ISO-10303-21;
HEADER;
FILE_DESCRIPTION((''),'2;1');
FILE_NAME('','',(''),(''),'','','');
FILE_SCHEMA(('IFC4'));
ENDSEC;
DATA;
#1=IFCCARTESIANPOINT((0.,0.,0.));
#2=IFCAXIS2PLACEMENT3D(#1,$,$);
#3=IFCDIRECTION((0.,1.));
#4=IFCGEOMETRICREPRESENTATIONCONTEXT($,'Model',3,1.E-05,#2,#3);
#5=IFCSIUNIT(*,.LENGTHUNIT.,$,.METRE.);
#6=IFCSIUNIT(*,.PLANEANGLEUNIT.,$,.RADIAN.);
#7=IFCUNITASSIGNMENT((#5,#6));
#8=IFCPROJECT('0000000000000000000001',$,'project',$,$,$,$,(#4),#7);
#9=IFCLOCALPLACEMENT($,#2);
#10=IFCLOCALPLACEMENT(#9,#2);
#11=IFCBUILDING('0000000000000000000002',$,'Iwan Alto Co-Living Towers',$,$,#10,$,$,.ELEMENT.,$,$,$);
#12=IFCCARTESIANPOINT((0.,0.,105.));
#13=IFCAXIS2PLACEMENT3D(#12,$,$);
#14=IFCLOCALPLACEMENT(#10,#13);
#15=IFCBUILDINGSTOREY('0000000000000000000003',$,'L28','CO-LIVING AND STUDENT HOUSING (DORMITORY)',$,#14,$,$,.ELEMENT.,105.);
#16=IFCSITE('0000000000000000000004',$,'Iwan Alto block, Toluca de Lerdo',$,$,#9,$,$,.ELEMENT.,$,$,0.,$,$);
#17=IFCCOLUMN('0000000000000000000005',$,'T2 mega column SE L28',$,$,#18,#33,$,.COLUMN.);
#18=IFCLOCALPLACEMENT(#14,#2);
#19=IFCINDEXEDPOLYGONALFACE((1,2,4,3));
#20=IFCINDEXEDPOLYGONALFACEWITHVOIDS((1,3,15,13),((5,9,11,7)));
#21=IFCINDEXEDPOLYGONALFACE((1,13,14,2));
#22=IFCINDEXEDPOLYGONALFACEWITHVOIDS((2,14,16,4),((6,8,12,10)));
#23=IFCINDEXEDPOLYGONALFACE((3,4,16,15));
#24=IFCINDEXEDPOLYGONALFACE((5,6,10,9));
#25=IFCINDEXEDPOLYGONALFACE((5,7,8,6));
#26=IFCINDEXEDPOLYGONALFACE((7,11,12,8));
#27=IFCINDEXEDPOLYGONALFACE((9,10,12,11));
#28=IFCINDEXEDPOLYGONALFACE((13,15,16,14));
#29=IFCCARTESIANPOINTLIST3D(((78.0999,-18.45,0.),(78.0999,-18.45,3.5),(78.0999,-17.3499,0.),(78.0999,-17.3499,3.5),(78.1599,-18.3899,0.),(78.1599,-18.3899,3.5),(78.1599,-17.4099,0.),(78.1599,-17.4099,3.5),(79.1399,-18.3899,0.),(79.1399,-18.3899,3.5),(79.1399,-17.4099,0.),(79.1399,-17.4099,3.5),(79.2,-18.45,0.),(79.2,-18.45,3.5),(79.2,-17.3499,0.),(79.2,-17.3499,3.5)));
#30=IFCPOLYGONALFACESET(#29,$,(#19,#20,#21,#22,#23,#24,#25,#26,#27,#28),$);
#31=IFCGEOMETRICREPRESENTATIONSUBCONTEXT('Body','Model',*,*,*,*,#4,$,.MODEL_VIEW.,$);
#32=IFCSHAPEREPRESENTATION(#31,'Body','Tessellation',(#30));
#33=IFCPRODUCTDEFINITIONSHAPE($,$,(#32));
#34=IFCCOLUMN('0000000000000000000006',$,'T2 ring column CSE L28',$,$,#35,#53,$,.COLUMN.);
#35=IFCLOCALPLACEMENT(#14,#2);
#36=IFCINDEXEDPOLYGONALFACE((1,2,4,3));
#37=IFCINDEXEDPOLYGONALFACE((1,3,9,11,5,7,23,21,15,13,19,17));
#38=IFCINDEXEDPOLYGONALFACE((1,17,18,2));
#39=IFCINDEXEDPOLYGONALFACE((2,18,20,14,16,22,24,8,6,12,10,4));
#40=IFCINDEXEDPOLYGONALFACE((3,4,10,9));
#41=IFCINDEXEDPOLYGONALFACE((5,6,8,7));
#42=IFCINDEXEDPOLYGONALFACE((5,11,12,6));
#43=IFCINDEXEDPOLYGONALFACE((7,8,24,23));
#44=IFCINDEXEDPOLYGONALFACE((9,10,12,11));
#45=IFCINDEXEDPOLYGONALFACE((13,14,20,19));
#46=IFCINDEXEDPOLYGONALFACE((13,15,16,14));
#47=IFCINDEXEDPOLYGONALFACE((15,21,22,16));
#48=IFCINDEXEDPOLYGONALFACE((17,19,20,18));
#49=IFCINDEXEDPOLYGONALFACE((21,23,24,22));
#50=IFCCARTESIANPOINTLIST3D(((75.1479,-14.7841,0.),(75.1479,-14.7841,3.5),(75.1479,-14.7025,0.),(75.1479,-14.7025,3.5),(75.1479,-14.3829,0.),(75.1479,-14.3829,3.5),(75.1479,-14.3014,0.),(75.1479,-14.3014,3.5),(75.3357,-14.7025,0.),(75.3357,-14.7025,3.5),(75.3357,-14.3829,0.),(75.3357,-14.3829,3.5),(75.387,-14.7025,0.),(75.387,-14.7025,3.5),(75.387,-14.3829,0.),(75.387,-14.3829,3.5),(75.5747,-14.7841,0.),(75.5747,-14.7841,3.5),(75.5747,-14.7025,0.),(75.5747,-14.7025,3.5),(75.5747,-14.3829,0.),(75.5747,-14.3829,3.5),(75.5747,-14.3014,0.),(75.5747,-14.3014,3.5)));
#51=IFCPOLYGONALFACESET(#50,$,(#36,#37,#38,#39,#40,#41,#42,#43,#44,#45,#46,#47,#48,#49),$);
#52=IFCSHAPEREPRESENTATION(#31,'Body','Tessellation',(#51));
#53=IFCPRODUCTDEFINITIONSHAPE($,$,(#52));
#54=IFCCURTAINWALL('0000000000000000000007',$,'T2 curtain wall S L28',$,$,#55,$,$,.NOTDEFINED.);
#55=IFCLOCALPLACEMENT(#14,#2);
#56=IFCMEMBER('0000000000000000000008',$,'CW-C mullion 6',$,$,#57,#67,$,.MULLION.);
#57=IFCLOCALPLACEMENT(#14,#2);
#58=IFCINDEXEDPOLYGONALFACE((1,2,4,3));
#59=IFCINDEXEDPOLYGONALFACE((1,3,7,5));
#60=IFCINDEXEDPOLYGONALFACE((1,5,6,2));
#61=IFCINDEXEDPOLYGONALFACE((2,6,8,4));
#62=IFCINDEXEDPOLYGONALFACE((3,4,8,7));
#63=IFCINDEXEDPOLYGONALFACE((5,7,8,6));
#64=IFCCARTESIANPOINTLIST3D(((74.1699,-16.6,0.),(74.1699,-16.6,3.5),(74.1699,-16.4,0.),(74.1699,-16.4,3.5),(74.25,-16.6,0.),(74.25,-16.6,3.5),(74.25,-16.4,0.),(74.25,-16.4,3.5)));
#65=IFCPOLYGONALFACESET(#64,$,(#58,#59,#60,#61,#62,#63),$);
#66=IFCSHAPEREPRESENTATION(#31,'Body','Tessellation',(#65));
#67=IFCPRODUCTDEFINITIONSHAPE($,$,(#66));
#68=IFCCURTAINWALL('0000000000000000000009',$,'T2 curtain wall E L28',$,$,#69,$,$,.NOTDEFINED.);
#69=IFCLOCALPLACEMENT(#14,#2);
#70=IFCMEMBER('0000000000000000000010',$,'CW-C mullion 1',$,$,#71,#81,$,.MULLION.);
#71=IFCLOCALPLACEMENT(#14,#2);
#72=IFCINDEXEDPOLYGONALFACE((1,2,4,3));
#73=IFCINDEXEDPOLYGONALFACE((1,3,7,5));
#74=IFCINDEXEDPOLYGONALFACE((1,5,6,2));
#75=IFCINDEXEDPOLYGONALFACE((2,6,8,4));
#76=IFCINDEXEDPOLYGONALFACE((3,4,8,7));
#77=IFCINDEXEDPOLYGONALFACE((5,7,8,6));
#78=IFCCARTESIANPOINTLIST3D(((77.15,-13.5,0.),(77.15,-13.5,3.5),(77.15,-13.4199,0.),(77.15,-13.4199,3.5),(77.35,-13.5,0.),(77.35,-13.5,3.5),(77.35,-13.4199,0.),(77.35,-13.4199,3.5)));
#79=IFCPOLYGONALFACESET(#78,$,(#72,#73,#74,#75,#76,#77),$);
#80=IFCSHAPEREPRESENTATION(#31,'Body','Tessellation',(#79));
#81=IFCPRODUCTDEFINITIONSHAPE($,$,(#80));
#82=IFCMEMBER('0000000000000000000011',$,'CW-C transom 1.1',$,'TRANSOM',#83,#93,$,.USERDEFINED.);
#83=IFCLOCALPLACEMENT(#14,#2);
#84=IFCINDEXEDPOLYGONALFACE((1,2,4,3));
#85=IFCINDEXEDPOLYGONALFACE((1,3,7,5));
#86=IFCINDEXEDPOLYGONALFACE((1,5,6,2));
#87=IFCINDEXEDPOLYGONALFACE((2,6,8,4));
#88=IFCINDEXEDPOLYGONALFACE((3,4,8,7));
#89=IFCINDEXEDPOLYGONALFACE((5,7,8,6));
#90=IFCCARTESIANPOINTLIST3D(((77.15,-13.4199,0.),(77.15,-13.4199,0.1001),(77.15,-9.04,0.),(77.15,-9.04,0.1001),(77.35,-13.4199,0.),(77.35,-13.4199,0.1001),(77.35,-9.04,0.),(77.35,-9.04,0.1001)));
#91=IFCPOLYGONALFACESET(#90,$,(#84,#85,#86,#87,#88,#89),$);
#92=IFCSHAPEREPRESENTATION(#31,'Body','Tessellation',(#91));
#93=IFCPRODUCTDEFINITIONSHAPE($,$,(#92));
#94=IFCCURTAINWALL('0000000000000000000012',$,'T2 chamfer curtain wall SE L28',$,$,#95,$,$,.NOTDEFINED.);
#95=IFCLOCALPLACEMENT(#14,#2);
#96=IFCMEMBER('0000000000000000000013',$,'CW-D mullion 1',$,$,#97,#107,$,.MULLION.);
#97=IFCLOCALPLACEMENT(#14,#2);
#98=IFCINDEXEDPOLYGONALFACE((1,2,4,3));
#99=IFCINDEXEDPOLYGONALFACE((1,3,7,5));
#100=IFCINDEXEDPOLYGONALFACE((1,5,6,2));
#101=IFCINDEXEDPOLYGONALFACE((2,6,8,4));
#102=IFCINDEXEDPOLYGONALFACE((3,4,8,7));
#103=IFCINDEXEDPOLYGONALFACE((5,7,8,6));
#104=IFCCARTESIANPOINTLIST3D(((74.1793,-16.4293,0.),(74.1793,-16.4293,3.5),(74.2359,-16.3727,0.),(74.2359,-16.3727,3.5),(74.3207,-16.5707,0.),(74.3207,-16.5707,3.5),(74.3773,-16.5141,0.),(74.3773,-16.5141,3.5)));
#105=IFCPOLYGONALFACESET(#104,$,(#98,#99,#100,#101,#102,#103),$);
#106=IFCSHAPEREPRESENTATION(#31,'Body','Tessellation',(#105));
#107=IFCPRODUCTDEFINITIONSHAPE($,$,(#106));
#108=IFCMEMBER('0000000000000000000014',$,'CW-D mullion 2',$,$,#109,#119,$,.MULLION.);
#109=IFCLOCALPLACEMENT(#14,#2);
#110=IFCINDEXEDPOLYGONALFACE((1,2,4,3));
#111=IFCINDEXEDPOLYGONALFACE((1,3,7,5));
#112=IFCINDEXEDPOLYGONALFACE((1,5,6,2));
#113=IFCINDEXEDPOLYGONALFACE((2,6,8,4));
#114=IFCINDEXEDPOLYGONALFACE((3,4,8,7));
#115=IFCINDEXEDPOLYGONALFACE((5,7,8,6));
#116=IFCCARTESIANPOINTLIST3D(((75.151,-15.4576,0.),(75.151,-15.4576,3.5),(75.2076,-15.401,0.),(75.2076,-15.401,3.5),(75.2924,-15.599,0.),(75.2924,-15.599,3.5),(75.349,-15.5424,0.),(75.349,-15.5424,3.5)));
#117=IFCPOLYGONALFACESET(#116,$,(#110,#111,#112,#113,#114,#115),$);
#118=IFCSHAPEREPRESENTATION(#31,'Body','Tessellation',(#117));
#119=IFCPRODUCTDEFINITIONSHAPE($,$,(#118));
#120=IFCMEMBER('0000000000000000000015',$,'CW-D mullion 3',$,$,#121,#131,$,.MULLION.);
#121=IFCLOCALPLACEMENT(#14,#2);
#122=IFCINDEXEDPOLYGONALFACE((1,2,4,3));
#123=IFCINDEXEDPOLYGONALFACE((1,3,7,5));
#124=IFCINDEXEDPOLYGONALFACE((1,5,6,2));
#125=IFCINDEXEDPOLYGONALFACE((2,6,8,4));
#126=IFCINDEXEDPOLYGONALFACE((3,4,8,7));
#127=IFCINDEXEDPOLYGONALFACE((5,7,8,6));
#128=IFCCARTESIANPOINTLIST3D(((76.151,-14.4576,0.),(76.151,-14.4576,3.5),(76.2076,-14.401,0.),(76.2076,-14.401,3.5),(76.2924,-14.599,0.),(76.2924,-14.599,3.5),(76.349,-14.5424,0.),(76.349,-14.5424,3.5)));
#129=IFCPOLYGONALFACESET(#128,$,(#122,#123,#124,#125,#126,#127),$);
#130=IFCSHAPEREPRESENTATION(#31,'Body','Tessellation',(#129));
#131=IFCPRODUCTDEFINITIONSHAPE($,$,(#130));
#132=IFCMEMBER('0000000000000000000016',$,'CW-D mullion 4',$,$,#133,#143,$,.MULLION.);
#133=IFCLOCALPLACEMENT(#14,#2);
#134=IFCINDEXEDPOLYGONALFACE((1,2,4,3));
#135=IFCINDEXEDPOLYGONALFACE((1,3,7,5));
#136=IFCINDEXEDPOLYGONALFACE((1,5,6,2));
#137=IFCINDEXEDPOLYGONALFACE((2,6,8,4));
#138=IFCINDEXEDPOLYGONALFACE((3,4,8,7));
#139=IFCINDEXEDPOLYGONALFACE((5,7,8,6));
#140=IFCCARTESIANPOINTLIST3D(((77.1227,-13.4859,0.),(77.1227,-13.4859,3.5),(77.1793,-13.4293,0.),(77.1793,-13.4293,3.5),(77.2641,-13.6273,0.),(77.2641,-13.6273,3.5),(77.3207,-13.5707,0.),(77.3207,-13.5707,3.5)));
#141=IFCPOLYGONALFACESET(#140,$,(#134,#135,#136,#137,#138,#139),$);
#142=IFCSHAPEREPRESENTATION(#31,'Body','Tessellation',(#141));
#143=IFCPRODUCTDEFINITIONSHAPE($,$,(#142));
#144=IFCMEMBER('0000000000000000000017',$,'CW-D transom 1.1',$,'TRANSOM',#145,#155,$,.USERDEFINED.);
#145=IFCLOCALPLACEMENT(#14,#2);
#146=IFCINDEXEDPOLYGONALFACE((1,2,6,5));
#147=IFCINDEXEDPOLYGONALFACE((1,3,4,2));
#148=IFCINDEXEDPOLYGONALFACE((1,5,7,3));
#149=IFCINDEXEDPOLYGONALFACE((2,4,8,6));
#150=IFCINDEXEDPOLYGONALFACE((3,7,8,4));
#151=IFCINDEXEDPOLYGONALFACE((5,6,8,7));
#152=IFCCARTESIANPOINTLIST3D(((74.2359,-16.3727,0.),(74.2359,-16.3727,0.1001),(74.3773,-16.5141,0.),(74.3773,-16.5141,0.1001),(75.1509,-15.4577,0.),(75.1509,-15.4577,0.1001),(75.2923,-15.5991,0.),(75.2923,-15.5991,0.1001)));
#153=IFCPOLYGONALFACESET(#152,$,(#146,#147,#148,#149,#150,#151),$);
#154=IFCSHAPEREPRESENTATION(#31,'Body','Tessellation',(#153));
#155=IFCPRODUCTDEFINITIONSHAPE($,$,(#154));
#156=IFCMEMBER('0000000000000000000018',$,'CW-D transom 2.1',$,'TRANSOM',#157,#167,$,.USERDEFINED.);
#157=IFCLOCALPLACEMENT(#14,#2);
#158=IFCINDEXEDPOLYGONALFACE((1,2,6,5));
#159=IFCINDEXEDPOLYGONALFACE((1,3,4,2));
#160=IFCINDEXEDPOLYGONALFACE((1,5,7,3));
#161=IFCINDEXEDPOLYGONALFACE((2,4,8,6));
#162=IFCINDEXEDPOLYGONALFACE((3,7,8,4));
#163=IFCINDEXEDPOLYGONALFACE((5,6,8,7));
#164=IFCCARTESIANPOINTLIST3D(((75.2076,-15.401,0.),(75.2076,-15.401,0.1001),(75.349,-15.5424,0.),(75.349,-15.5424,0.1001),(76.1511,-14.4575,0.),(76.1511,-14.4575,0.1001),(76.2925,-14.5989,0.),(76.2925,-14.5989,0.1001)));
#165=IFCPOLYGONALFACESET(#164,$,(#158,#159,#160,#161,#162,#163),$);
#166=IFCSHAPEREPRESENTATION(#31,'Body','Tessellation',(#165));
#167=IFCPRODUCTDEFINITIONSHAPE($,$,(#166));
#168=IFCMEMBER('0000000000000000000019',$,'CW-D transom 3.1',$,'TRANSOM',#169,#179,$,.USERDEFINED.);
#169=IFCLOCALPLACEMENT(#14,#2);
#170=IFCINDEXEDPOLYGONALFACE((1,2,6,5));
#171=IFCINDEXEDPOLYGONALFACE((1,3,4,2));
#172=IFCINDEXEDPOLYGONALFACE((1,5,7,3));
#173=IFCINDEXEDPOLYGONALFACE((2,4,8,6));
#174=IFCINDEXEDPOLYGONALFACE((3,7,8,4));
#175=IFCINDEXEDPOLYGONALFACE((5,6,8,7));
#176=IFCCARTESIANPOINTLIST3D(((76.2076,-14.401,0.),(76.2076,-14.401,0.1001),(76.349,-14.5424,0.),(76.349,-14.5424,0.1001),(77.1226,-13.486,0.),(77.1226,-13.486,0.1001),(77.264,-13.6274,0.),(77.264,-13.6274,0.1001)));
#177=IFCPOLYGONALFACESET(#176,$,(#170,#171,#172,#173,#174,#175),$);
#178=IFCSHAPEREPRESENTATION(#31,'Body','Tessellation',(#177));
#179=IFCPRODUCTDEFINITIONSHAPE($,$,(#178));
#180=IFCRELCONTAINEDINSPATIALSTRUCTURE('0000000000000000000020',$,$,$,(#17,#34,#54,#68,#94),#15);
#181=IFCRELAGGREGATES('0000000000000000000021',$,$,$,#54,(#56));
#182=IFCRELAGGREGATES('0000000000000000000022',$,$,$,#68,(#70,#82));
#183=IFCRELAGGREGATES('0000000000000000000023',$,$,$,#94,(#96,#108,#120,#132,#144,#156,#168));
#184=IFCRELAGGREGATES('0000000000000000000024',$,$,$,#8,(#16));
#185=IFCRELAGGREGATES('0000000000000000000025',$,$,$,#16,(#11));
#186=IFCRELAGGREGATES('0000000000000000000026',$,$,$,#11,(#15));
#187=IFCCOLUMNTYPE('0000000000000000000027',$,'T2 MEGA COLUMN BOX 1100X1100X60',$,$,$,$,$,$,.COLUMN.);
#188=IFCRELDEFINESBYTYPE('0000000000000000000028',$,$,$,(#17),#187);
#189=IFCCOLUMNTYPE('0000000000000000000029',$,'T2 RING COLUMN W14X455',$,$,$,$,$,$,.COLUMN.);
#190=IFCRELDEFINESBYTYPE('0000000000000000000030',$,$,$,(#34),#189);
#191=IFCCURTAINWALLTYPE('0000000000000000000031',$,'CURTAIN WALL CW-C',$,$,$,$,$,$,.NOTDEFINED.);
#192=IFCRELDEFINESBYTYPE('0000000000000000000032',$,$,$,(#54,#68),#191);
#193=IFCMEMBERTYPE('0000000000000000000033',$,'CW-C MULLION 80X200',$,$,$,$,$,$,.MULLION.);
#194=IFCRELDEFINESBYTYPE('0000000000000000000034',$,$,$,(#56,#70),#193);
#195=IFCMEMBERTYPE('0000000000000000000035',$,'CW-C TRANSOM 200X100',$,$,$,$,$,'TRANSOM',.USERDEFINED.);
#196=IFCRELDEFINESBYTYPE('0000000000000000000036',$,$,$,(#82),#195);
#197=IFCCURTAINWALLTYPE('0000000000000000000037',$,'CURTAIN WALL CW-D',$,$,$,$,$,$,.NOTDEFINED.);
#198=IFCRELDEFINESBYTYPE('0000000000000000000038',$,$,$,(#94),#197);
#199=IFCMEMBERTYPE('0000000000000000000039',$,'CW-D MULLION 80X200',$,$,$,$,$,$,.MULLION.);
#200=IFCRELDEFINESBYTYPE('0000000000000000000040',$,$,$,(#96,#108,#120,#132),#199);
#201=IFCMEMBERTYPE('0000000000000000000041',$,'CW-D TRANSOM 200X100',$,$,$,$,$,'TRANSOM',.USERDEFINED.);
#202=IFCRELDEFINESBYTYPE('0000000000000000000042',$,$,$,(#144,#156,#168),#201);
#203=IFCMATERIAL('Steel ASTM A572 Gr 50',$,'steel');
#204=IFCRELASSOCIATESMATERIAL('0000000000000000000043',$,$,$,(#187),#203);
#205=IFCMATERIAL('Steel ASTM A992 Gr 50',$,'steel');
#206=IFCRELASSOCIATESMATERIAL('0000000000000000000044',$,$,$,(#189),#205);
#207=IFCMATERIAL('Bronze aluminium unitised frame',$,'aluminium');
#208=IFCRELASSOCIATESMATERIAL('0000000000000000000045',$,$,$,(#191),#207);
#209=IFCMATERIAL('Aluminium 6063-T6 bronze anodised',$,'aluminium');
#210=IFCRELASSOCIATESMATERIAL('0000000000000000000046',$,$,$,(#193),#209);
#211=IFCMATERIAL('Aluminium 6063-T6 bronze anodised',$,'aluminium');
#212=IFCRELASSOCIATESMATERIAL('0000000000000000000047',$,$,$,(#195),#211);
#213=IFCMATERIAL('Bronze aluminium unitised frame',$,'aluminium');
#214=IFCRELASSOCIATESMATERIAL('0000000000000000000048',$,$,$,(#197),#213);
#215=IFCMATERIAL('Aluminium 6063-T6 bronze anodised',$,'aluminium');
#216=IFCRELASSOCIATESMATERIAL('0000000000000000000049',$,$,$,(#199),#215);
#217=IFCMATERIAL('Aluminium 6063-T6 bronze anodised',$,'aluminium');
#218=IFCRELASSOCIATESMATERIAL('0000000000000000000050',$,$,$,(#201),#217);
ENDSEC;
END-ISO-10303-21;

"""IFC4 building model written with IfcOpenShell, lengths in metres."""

from ifc_helpers import new_model, si_unit, direction, frame, origin, origin_2d, place, context, subcontext, project, spatial, rectangle, hollow_rectangle, i_section, extrude, material, material_profile, profile_set, type_object, element, aggregate, save


model = new_model("IFC4")

# Units and contexts
model_context = context("Model", 3, precision=1e-05, world=origin(), true_north=direction((0.0, 1.0)))
body_context = subcontext(model_context, "Body", "Model", "MODEL_VIEW")
ifc_project = project(units=[si_unit("LENGTHUNIT", "METRE"), si_unit("PLANEANGLEUNIT", "RADIAN")], contexts=[model_context])

# Site, building, storey
site_placement = place(None, origin())
site = spatial("IfcSite", under=ifc_project, at=site_placement, Name="Iwan Alto block, Toluca de Lerdo", CompositionType="ELEMENT", RefElevation=0.0)
building_placement = place(site_placement, origin())
building = spatial("IfcBuilding", under=site, at=building_placement, Name="Iwan Alto Co-Living Towers", CompositionType="ELEMENT")
storey_placement = place(building_placement, frame((0.0, 0.0, 105.0)))
storey = spatial("IfcBuildingStorey", under=building, at=storey_placement, Name="L28", Description="CO-LIVING AND STUDENT HOUSING (DORMITORY)", CompositionType="ELEMENT", Elevation=105.0)

# Columns
ifc_material_1 = material(Name="Steel ASTM A572 Gr 50", Category="steel")
ifc_material_profile_1 = material_profile(ifc_material_1, hollow_rectangle(XDim=1.1001, YDim=1.1001, WallThickness=0.0601, at=origin_2d()), Name="BOX 1100X1100X60")
ifc_profile_set_1 = profile_set([ifc_material_profile_1], Name="Steel ASTM A572 Gr 50")
column_type_1 = type_object("IfcColumnType", Name="T2 MEGA COLUMN BOX 1100X1100X60", PredefinedType="COLUMN", material=ifc_profile_set_1)
column_1_placement = place(storey_placement, frame((78.6499, -17.8999, 0.0), z_axis=(0.0, 0.0, 1.0), x_axis=(1.0, 0.0, 0.0)))
element("IfcColumn", 1, at=column_1_placement, inside=storey, type_object=column_type_1, Name="T2 mega column SE L28", PredefinedType="COLUMN", context=body_context, shape_type="SweptSolid", body=[
    extrude(hollow_rectangle(XDim=1.1001, YDim=1.1001, WallThickness=0.0601, at=origin_2d()), origin(), (0.0, 0.0, 1.0), 3.5),
])
ifc_material_2 = material(Name="Steel ASTM A992 Gr 50", Category="steel")
ifc_material_profile_2 = material_profile(ifc_material_2, i_section(OverallWidth=0.4268, OverallDepth=0.4827, WebThickness=0.0513, FlangeThickness=0.0815, at=origin_2d()), Name="W14X455")
ifc_profile_set_2 = profile_set([ifc_material_profile_2], Name="Steel ASTM A992 Gr 50")
column_type_2 = type_object("IfcColumnType", Name="T2 RING COLUMN W14X455", PredefinedType="COLUMN", material=ifc_profile_set_2)
column_2_placement = place(storey_placement, frame((75.3613, -14.5427, 0.0), z_axis=(0.0, 0.0, 1.0), x_axis=(1.0, 0.0, 0.0)))
element("IfcColumn", 2, at=column_2_placement, inside=storey, type_object=column_type_2, Name="T2 ring column CSE L28", PredefinedType="COLUMN", context=body_context, shape_type="SweptSolid", body=[
    extrude(i_section(OverallWidth=0.4268, OverallDepth=0.4827, WebThickness=0.0513, FlangeThickness=0.0815, at=origin_2d()), origin(), (0.0, 0.0, 1.0), 3.5),
])

# Curtain wall, member
ifc_material_3 = material(Name="Bronze aluminium unitised frame", Category="aluminium")
curtain_wall_type_1 = type_object("IfcCurtainWallType", Name="CURTAIN WALL CW-C", PredefinedType="NOTDEFINED", material=ifc_material_3)
curtain_wall_1_placement = place(storey_placement, origin())
curtain_wall_1 = element("IfcCurtainWall", 3, at=curtain_wall_1_placement, inside=storey, type_object=curtain_wall_type_1, Name="T2 curtain wall S L28", PredefinedType="NOTDEFINED")
ifc_material_4 = material(Name="Aluminium 6063-T6 bronze anodised", Category="aluminium")
ifc_material_profile_3 = material_profile(ifc_material_4, rectangle(XDim=0.2, YDim=0.0801, at=origin_2d()), Name="AL 80X200")
ifc_profile_set_3 = profile_set([ifc_material_profile_3], Name="Aluminium 6063-T6 bronze anodised")
member_type_1 = type_object("IfcMemberType", Name="CW-C MULLION 80X200", PredefinedType="MULLION", material=ifc_profile_set_3)
member_1_placement = place(storey_placement, frame((74.21, -16.5, 0.0), z_axis=(0.0, 0.0, 1.0), x_axis=(0.0, 1.0, 0.0)))
member_1 = element("IfcMember", 4, at=member_1_placement, type_object=member_type_1, Name="CW-C mullion 6", PredefinedType="MULLION", context=body_context, shape_type="SweptSolid", body=[
    extrude(rectangle(XDim=0.2, YDim=0.0801, at=origin_2d()), origin(), (0.0, 0.0, 1.0), 3.5),
])
aggregate(curtain_wall_1, [member_1])

# Curtain walls, members
curtain_wall_2_placement = place(storey_placement, origin())
curtain_wall_2 = element("IfcCurtainWall", 5, at=curtain_wall_2_placement, inside=storey, type_object=curtain_wall_type_1, Name="T2 curtain wall E L28", PredefinedType="NOTDEFINED")
member_2_placement = place(storey_placement, frame((77.25, -13.46, 0.0), z_axis=(0.0, 0.0, 1.0), x_axis=(-1.0, 0.0, 0.0)))
member_2 = element("IfcMember", 6, at=member_2_placement, type_object=member_type_1, Name="CW-C mullion 1", PredefinedType="MULLION", context=body_context, shape_type="SweptSolid", body=[
    extrude(rectangle(XDim=0.2, YDim=0.0801, at=origin_2d()), origin(), (0.0, 0.0, 1.0), 3.5),
])
ifc_material_5 = material(Name="Aluminium 6063-T6 bronze anodised", Category="aluminium")
ifc_material_profile_4 = material_profile(ifc_material_5, rectangle(XDim=0.2, YDim=0.1001, at=origin_2d()), Name="AL 200X100")
ifc_profile_set_4 = profile_set([ifc_material_profile_4], Name="Aluminium 6063-T6 bronze anodised")
member_type_2 = type_object("IfcMemberType", Name="CW-C TRANSOM 200X100", ElementType="TRANSOM", PredefinedType="USERDEFINED", material=ifc_profile_set_4)
member_3_placement = place(storey_placement, frame((77.25, -13.4199, 0.05), z_axis=(0.0, 1.0, 0.0), x_axis=(-1.0, 0.0, 0.0)))
member_3 = element("IfcMember", 7, at=member_3_placement, type_object=member_type_2, Name="CW-C transom 1.1", ObjectType="TRANSOM", PredefinedType="USERDEFINED", context=body_context, shape_type="SweptSolid", body=[
    extrude(rectangle(XDim=0.2, YDim=0.1001, at=origin_2d()), origin(), (0.0, 0.0, 1.0), 4.3799),
])
aggregate(curtain_wall_2, [member_2, member_3])
ifc_material_6 = material(Name="Bronze aluminium unitised frame", Category="aluminium")
curtain_wall_type_2 = type_object("IfcCurtainWallType", Name="CURTAIN WALL CW-D", PredefinedType="NOTDEFINED", material=ifc_material_6)
curtain_wall_3_placement = place(storey_placement, origin())
curtain_wall_3 = element("IfcCurtainWall", 8, at=curtain_wall_3_placement, inside=storey, type_object=curtain_wall_type_2, Name="T2 chamfer curtain wall SE L28", PredefinedType="NOTDEFINED")
ifc_material_7 = material(Name="Aluminium 6063-T6 bronze anodised", Category="aluminium")
ifc_material_profile_5 = material_profile(ifc_material_7, rectangle(XDim=0.2, YDim=0.0801, at=origin_2d()), Name="AL 80X200")
ifc_profile_set_5 = profile_set([ifc_material_profile_5], Name="Aluminium 6063-T6 bronze anodised")
member_type_3 = type_object("IfcMemberType", Name="CW-D MULLION 80X200", PredefinedType="MULLION", material=ifc_profile_set_5)
member_4_placement = place(storey_placement, frame((74.2783, -16.4717, 0.0), z_axis=(0.0, 0.0, 1.0), x_axis=(-0.707107, 0.707107, 0.0)))
member_4 = element("IfcMember", 9, at=member_4_placement, type_object=member_type_3, Name="CW-D mullion 1", PredefinedType="MULLION", context=body_context, shape_type="SweptSolid", body=[
    extrude(rectangle(XDim=0.2, YDim=0.0801, at=origin_2d()), origin(), (0.0, 0.0, 1.0), 3.5),
])
member_5_placement = place(storey_placement, frame((75.25, -15.5, 0.0), z_axis=(0.0, 0.0, 1.0), x_axis=(-0.707107, 0.707107, 0.0)))
member_5 = element("IfcMember", 10, at=member_5_placement, type_object=member_type_3, Name="CW-D mullion 2", PredefinedType="MULLION", context=body_context, shape_type="SweptSolid", body=[
    extrude(rectangle(XDim=0.2, YDim=0.0801, at=origin_2d()), origin(), (0.0, 0.0, 1.0), 3.5),
])
member_6_placement = place(storey_placement, frame((76.25, -14.5, 0.0), z_axis=(0.0, 0.0, 1.0), x_axis=(-0.707107, 0.707107, 0.0)))
member_6 = element("IfcMember", 11, at=member_6_placement, type_object=member_type_3, Name="CW-D mullion 3", PredefinedType="MULLION", context=body_context, shape_type="SweptSolid", body=[
    extrude(rectangle(XDim=0.2, YDim=0.0801, at=origin_2d()), origin(), (0.0, 0.0, 1.0), 3.5),
])
member_7_placement = place(storey_placement, frame((77.2217, -13.5283, 0.0), z_axis=(0.0, 0.0, 1.0), x_axis=(-0.707107, 0.707107, 0.0)))
member_7 = element("IfcMember", 12, at=member_7_placement, type_object=member_type_3, Name="CW-D mullion 4", PredefinedType="MULLION", context=body_context, shape_type="SweptSolid", body=[
    extrude(rectangle(XDim=0.2, YDim=0.0801, at=origin_2d()), origin(), (0.0, 0.0, 1.0), 3.5),
])
ifc_material_8 = material(Name="Aluminium 6063-T6 bronze anodised", Category="aluminium")
ifc_material_profile_6 = material_profile(ifc_material_8, rectangle(XDim=0.2, YDim=0.1001, at=origin_2d()), Name="AL 200X100")
ifc_profile_set_6 = profile_set([ifc_material_profile_6], Name="Aluminium 6063-T6 bronze anodised")
member_type_4 = type_object("IfcMemberType", Name="CW-D TRANSOM 200X100", ElementType="TRANSOM", PredefinedType="USERDEFINED", material=ifc_profile_set_6)
member_8_placement = place(storey_placement, frame((74.3066, -16.4434, 0.05), z_axis=(0.707107, 0.707107, 0.0), x_axis=(-0.707107, 0.707107, 0.0)))
member_8 = element("IfcMember", 13, at=member_8_placement, type_object=member_type_4, Name="CW-D transom 1.1", ObjectType="TRANSOM", PredefinedType="USERDEFINED", context=body_context, shape_type="SweptSolid", body=[
    extrude(rectangle(XDim=0.2, YDim=0.1001, at=origin_2d()), origin(), (0.0, 0.0, 1.0), 1.2939),
])
member_9_placement = place(storey_placement, frame((75.2783, -15.4717, 0.05), z_axis=(0.707107, 0.707107, 0.0), x_axis=(-0.707107, 0.707107, 0.0)))
member_9 = element("IfcMember", 14, at=member_9_placement, type_object=member_type_4, Name="CW-D transom 2.1", ObjectType="TRANSOM", PredefinedType="USERDEFINED", context=body_context, shape_type="SweptSolid", body=[
    extrude(rectangle(XDim=0.2, YDim=0.1001, at=origin_2d()), origin(), (0.0, 0.0, 1.0), 1.3342),
])
member_10_placement = place(storey_placement, frame((76.2783, -14.4717, 0.05), z_axis=(0.707107, 0.707107, 0.0), x_axis=(-0.707107, 0.707107, 0.0)))
member_10 = element("IfcMember", 15, at=member_10_placement, type_object=member_type_4, Name="CW-D transom 3.1", ObjectType="TRANSOM", PredefinedType="USERDEFINED", context=body_context, shape_type="SweptSolid", body=[
    extrude(rectangle(XDim=0.2, YDim=0.1001, at=origin_2d()), origin(), (0.0, 0.0, 1.0), 1.2939),
])

aggregate(curtain_wall_3, [member_4, member_5, member_6, member_7, member_8, member_9, member_10])

save(model, "model.ifc")
